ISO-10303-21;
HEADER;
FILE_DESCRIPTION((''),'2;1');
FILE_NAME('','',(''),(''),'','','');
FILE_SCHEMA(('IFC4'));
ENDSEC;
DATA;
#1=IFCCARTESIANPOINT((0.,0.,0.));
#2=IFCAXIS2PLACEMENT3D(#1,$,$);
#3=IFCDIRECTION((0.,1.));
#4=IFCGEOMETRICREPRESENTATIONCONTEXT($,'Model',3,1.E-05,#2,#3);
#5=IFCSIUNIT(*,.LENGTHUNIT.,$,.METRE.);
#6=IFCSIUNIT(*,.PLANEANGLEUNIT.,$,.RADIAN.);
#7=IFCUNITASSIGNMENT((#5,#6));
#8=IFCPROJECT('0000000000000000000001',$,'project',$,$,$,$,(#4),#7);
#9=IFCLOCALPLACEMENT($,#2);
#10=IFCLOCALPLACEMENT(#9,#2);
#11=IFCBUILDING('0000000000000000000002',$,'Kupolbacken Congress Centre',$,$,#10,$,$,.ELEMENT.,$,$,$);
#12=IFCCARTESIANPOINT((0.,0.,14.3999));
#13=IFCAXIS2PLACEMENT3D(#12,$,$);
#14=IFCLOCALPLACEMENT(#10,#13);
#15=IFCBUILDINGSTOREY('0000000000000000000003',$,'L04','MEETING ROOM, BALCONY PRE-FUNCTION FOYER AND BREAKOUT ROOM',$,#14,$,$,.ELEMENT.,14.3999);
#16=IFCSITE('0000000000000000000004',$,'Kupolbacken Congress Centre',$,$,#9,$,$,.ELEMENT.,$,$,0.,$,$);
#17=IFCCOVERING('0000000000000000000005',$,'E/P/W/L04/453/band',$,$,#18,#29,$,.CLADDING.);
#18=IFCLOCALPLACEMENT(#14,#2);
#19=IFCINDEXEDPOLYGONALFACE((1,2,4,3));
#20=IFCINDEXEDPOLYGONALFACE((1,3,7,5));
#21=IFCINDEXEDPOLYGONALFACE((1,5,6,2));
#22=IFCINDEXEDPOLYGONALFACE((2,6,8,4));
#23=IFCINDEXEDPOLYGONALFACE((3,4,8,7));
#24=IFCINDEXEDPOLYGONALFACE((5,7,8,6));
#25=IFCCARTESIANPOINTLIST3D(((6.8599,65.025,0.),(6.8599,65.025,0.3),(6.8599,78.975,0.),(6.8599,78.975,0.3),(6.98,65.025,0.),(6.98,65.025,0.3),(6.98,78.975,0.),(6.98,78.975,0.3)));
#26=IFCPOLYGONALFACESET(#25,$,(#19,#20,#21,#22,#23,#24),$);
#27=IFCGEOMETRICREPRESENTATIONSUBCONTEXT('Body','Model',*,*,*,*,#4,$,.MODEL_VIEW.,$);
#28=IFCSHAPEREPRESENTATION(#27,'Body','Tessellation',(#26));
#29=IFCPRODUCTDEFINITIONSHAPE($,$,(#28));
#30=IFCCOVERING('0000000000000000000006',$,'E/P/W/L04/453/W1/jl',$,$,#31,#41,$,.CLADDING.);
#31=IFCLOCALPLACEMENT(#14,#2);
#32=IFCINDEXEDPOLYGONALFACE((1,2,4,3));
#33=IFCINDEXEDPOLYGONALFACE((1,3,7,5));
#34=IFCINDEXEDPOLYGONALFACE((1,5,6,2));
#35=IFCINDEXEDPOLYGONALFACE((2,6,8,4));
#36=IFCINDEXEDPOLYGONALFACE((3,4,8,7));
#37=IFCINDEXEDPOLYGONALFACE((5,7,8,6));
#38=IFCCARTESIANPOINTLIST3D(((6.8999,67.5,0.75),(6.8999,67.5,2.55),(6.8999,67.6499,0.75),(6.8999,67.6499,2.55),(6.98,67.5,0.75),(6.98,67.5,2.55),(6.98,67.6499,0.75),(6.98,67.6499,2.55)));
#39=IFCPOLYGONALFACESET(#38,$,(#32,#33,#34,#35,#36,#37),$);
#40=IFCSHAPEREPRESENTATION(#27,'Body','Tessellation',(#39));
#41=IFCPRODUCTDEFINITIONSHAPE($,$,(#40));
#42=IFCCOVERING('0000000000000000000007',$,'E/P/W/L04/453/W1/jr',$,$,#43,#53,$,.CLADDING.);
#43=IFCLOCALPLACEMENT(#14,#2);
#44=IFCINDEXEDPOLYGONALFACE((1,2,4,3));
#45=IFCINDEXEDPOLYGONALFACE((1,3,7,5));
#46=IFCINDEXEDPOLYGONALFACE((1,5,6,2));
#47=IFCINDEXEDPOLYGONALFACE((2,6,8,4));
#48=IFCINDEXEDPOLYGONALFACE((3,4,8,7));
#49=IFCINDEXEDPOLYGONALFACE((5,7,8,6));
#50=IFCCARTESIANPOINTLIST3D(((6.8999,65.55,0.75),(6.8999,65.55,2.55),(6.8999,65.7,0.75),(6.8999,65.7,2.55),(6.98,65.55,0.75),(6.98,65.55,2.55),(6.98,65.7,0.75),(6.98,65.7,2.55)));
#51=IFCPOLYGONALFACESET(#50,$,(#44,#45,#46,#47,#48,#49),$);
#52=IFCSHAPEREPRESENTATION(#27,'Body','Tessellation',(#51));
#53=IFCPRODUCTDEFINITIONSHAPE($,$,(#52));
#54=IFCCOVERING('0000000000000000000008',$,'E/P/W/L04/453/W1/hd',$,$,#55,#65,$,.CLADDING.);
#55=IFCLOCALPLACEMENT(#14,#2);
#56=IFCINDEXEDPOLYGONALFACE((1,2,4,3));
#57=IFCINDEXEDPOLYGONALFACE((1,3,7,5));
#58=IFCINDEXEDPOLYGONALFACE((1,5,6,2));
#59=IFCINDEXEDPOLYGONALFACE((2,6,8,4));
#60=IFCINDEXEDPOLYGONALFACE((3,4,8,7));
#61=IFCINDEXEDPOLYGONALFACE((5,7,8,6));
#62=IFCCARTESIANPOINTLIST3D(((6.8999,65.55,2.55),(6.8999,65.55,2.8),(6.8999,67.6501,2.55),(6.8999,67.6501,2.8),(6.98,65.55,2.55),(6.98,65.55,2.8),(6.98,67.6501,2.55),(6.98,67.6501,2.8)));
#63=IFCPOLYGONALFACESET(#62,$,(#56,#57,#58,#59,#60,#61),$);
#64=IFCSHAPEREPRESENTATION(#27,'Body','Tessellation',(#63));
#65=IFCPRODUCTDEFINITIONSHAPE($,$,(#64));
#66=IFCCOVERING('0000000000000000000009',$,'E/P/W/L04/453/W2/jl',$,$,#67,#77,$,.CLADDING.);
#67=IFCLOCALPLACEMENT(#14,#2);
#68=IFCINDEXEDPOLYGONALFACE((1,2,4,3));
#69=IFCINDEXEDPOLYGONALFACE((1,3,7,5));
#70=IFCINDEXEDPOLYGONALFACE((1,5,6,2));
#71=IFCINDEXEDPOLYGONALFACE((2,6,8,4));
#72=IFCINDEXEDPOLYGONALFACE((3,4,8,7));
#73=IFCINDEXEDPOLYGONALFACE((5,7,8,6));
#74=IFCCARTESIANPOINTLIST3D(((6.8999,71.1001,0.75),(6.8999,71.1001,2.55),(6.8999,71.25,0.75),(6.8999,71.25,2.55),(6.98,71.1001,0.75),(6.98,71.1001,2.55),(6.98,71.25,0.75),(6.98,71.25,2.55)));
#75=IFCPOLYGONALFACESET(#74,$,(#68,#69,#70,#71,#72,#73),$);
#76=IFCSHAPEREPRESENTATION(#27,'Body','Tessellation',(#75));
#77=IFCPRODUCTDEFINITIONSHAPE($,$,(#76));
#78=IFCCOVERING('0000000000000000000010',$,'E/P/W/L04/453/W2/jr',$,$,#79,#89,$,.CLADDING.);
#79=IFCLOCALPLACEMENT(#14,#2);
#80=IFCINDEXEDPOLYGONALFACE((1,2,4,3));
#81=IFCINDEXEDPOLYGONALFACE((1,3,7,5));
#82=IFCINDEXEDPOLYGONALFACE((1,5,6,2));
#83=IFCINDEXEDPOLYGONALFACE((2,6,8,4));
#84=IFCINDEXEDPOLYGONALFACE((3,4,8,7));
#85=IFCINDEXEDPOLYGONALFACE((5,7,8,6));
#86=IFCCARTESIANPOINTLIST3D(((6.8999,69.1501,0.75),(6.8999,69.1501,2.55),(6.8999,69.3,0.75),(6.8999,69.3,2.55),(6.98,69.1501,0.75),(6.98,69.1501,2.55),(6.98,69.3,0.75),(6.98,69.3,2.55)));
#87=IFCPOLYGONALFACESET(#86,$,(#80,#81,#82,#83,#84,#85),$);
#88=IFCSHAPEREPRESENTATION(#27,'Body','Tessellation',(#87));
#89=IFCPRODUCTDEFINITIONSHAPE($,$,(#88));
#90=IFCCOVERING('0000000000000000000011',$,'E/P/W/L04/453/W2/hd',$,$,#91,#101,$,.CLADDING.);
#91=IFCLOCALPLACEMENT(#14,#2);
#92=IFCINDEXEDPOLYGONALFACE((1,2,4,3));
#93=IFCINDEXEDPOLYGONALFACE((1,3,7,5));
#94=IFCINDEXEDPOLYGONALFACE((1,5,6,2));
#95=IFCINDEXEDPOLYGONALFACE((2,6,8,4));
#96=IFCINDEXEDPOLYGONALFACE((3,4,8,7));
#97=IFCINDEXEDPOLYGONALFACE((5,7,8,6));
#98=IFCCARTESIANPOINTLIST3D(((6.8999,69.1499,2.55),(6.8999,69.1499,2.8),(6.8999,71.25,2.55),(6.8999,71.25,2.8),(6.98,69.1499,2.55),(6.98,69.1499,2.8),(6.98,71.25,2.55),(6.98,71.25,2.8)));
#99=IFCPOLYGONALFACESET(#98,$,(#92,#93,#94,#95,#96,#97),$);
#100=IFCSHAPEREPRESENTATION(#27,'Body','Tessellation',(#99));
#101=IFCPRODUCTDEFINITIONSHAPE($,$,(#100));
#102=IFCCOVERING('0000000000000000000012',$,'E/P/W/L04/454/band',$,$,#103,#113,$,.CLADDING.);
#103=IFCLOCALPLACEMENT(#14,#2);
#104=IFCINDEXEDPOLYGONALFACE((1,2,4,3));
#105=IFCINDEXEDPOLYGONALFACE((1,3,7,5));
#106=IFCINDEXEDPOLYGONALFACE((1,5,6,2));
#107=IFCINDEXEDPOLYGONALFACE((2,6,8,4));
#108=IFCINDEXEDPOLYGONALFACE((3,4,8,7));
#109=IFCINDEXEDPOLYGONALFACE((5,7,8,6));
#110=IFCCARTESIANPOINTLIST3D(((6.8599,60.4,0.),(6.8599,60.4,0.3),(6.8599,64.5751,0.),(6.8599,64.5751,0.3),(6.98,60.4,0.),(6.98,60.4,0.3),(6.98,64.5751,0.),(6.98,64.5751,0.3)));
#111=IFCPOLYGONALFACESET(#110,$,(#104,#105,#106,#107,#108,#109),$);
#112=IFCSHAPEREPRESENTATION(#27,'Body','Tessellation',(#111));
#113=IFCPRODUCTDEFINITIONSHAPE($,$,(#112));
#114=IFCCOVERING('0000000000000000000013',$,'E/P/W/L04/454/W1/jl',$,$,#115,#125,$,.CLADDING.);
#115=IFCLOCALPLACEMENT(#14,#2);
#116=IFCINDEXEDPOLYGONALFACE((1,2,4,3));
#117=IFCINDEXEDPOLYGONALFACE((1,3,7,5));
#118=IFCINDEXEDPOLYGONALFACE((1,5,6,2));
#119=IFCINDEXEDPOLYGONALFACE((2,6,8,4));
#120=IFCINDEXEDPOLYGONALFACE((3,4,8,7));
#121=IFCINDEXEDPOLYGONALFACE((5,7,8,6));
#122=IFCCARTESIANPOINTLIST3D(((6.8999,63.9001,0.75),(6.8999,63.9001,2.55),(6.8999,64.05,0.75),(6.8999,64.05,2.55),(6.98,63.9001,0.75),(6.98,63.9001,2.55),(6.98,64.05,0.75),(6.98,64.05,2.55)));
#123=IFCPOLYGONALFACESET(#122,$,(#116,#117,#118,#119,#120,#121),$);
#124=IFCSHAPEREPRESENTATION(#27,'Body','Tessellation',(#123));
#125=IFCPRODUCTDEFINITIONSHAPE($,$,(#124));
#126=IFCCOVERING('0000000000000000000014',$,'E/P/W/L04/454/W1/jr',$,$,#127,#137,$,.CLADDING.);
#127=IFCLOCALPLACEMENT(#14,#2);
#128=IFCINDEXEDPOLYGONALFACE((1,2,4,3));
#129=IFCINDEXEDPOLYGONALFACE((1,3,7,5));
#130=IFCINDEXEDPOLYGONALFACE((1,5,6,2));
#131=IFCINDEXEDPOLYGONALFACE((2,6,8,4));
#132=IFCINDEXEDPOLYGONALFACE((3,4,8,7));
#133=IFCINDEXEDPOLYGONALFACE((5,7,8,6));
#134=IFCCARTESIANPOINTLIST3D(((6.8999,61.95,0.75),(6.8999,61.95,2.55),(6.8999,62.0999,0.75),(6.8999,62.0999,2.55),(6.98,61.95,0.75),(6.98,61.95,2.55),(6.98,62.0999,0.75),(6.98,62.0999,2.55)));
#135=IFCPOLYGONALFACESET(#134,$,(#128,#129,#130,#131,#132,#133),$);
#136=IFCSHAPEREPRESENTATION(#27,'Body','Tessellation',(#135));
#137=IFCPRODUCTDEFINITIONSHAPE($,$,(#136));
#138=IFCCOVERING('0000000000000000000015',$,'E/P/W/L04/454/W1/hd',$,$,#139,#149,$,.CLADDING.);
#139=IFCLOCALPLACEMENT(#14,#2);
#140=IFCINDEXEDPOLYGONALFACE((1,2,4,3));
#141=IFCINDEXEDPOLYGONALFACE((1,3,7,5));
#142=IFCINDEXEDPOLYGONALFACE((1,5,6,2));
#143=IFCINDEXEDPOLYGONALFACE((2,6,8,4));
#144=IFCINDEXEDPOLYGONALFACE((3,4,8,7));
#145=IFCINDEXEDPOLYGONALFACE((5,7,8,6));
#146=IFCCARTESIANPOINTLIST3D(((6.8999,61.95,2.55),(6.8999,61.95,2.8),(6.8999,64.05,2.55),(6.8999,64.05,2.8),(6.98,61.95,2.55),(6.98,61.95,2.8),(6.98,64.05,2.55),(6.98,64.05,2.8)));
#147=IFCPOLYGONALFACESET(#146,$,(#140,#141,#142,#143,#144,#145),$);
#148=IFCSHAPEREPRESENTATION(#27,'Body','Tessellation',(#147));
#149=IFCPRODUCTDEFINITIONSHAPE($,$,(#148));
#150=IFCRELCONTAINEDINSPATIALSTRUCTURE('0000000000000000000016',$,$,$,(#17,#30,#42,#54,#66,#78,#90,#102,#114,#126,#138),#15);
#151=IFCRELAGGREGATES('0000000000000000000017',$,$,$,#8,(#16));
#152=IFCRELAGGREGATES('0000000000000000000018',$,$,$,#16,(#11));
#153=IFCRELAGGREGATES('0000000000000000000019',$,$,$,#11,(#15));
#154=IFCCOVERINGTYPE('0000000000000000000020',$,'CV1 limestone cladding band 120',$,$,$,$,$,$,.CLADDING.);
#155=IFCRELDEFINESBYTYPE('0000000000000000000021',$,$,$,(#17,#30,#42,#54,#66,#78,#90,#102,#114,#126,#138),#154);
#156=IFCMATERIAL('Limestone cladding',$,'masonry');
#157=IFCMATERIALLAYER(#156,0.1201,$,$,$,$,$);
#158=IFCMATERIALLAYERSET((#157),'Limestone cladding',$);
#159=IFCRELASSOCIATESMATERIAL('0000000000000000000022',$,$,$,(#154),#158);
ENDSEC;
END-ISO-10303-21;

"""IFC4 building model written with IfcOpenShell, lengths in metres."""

from ifc_helpers import new_model, si_unit, direction, frame, origin, origin_2d, place, context, subcontext, project, spatial, rectangle, extrude, material, layer, layer_set, type_object, element, save


model = new_model("IFC4")

# Units and contexts
model_context = context("Model", 3, precision=1e-05, world=origin(), true_north=direction((0.0, 1.0)))
body_context = subcontext(model_context, "Body", "Model", "MODEL_VIEW")
ifc_project = project(units=[si_unit("LENGTHUNIT", "METRE"), si_unit("PLANEANGLEUNIT", "RADIAN")], contexts=[model_context])

# Site, building, storey
site_placement = place(None, origin())
site = spatial("IfcSite", under=ifc_project, at=site_placement, Name="Kupolbacken Congress Centre", CompositionType="ELEMENT", RefElevation=0.0)
building_placement = place(site_placement, origin())
building = spatial("IfcBuilding", under=site, at=building_placement, Name="Kupolbacken Congress Centre", CompositionType="ELEMENT")
storey_placement = place(building_placement, frame((0.0, 0.0, 14.3999)))
storey = spatial("IfcBuildingStorey", under=building, at=storey_placement, Name="L04", Description="MEETING ROOM, BALCONY PRE-FUNCTION FOYER AND BREAKOUT ROOM", CompositionType="ELEMENT", Elevation=14.3999)

# Coverings
ifc_material_1 = material(Name="Limestone cladding", Category="masonry")
ifc_layer_1 = layer(ifc_material_1, 0.1201)
ifc_layer_set_1 = layer_set([ifc_layer_1], Name="Limestone cladding")
covering_type = type_object("IfcCoveringType", Name="CV1 limestone cladding band 120", PredefinedType="CLADDING", material=ifc_layer_set_1)
covering_1_placement = place(storey_placement, frame((6.9199, 72.0, 0.0), z_axis=(0.0, 0.0, 1.0), x_axis=(0.0, -1.0, 0.0)))
element("IfcCovering", 1, at=covering_1_placement, inside=storey, type_object=covering_type, Name="E/P/W/L04/453/band", PredefinedType="CLADDING", context=body_context, shape_type="SweptSolid", body=[
    extrude(rectangle(XDim=13.95, YDim=0.1201, at=origin_2d()), origin(), (0.0, 0.0, 1.0), 0.3),
])
for number, where, z_axis, x_axis, name in (
    (2, (6.9399, 67.575, 0.75), (0.0, 0.0, 1.0), (0.0, -1.0, 0.0), "E/P/W/L04/453/W1/jl"),
    (3, (6.9399, 65.625, 0.75), (0.0, 0.0, 1.0), (0.0, -1.0, 0.0), "E/P/W/L04/453/W1/jr"),
):
    element("IfcCovering", number, at=place(storey_placement, frame(where, z_axis=z_axis, x_axis=x_axis)), inside=storey, type_object=covering_type, Name=name, PredefinedType="CLADDING", context=body_context, shape_type="SweptSolid", body=[
        extrude(rectangle(XDim=0.1499, YDim=0.0801, at=origin_2d()), origin(), (0.0, 0.0, 1.0), 1.8),
    ])
covering_2_placement = place(storey_placement, frame((6.9399, 66.6001, 2.55), z_axis=(0.0, 0.0, 1.0), x_axis=(0.0, -1.0, 0.0)))
element("IfcCovering", 4, at=covering_2_placement, inside=storey, type_object=covering_type, Name="E/P/W/L04/453/W1/hd", PredefinedType="CLADDING", context=body_context, shape_type="SweptSolid", body=[
    extrude(rectangle(XDim=2.1001, YDim=0.0801, at=origin_2d()), origin(), (0.0, 0.0, 1.0), 0.25),
])
for number, where, z_axis, x_axis, name in (
    (5, (6.9399, 71.175, 0.75), (0.0, 0.0, 1.0), (0.0, -1.0, 0.0), "E/P/W/L04/453/W2/jl"),
    (6, (6.9399, 69.2251, 0.75), (0.0, 0.0, 1.0), (0.0, -1.0, 0.0), "E/P/W/L04/453/W2/jr"),
):
    element("IfcCovering", number, at=place(storey_placement, frame(where, z_axis=z_axis, x_axis=x_axis)), inside=storey, type_object=covering_type, Name=name, PredefinedType="CLADDING", context=body_context, shape_type="SweptSolid", body=[
        extrude(rectangle(XDim=0.1499, YDim=0.0801, at=origin_2d()), origin(), (0.0, 0.0, 1.0), 1.8),
    ])
covering_3_placement = place(storey_placement, frame((6.9399, 70.2, 2.55), z_axis=(0.0, 0.0, 1.0), x_axis=(0.0, -1.0, 0.0)))
element("IfcCovering", 7, at=covering_3_placement, inside=storey, type_object=covering_type, Name="E/P/W/L04/453/W2/hd", PredefinedType="CLADDING", context=body_context, shape_type="SweptSolid", body=[
    extrude(rectangle(XDim=2.1001, YDim=0.0801, at=origin_2d()), origin(), (0.0, 0.0, 1.0), 0.25),
])
covering_4_placement = place(storey_placement, frame((6.9199, 62.4875, 0.0), z_axis=(0.0, 0.0, 1.0), x_axis=(0.0, -1.0, 0.0)))
element("IfcCovering", 8, at=covering_4_placement, inside=storey, type_object=covering_type, Name="E/P/W/L04/454/band", PredefinedType="CLADDING", context=body_context, shape_type="SweptSolid", body=[
    extrude(rectangle(XDim=4.175, YDim=0.1201, at=origin_2d()), origin(), (0.0, 0.0, 1.0), 0.3),
])
for number, where, z_axis, x_axis, name in (
    (9, (6.9399, 63.9751, 0.75), (0.0, 0.0, 1.0), (0.0, -1.0, 0.0), "E/P/W/L04/454/W1/jl"),
    (10, (6.9399, 62.0249, 0.75), (0.0, 0.0, 1.0), (0.0, -1.0, 0.0), "E/P/W/L04/454/W1/jr"),
):
    element("IfcCovering", number, at=place(storey_placement, frame(where, z_axis=z_axis, x_axis=x_axis)), inside=storey, type_object=covering_type, Name=name, PredefinedType="CLADDING", context=body_context, shape_type="SweptSolid", body=[
        extrude(rectangle(XDim=0.1499, YDim=0.0801, at=origin_2d()), origin(), (0.0, 0.0, 1.0), 1.8),
    ])
covering_5_placement = place(storey_placement, frame((6.9399, 63.0, 2.55), z_axis=(0.0, 0.0, 1.0), x_axis=(0.0, -1.0, 0.0)))
element("IfcCovering", 11, at=covering_5_placement, inside=storey, type_object=covering_type, Name="E/P/W/L04/454/W1/hd", PredefinedType="CLADDING", context=body_context, shape_type="SweptSolid", body=[
    extrude(rectangle(XDim=2.1001, YDim=0.0801, at=origin_2d()), origin(), (0.0, 0.0, 1.0), 0.25),
])

save(model, "model.ifc")
